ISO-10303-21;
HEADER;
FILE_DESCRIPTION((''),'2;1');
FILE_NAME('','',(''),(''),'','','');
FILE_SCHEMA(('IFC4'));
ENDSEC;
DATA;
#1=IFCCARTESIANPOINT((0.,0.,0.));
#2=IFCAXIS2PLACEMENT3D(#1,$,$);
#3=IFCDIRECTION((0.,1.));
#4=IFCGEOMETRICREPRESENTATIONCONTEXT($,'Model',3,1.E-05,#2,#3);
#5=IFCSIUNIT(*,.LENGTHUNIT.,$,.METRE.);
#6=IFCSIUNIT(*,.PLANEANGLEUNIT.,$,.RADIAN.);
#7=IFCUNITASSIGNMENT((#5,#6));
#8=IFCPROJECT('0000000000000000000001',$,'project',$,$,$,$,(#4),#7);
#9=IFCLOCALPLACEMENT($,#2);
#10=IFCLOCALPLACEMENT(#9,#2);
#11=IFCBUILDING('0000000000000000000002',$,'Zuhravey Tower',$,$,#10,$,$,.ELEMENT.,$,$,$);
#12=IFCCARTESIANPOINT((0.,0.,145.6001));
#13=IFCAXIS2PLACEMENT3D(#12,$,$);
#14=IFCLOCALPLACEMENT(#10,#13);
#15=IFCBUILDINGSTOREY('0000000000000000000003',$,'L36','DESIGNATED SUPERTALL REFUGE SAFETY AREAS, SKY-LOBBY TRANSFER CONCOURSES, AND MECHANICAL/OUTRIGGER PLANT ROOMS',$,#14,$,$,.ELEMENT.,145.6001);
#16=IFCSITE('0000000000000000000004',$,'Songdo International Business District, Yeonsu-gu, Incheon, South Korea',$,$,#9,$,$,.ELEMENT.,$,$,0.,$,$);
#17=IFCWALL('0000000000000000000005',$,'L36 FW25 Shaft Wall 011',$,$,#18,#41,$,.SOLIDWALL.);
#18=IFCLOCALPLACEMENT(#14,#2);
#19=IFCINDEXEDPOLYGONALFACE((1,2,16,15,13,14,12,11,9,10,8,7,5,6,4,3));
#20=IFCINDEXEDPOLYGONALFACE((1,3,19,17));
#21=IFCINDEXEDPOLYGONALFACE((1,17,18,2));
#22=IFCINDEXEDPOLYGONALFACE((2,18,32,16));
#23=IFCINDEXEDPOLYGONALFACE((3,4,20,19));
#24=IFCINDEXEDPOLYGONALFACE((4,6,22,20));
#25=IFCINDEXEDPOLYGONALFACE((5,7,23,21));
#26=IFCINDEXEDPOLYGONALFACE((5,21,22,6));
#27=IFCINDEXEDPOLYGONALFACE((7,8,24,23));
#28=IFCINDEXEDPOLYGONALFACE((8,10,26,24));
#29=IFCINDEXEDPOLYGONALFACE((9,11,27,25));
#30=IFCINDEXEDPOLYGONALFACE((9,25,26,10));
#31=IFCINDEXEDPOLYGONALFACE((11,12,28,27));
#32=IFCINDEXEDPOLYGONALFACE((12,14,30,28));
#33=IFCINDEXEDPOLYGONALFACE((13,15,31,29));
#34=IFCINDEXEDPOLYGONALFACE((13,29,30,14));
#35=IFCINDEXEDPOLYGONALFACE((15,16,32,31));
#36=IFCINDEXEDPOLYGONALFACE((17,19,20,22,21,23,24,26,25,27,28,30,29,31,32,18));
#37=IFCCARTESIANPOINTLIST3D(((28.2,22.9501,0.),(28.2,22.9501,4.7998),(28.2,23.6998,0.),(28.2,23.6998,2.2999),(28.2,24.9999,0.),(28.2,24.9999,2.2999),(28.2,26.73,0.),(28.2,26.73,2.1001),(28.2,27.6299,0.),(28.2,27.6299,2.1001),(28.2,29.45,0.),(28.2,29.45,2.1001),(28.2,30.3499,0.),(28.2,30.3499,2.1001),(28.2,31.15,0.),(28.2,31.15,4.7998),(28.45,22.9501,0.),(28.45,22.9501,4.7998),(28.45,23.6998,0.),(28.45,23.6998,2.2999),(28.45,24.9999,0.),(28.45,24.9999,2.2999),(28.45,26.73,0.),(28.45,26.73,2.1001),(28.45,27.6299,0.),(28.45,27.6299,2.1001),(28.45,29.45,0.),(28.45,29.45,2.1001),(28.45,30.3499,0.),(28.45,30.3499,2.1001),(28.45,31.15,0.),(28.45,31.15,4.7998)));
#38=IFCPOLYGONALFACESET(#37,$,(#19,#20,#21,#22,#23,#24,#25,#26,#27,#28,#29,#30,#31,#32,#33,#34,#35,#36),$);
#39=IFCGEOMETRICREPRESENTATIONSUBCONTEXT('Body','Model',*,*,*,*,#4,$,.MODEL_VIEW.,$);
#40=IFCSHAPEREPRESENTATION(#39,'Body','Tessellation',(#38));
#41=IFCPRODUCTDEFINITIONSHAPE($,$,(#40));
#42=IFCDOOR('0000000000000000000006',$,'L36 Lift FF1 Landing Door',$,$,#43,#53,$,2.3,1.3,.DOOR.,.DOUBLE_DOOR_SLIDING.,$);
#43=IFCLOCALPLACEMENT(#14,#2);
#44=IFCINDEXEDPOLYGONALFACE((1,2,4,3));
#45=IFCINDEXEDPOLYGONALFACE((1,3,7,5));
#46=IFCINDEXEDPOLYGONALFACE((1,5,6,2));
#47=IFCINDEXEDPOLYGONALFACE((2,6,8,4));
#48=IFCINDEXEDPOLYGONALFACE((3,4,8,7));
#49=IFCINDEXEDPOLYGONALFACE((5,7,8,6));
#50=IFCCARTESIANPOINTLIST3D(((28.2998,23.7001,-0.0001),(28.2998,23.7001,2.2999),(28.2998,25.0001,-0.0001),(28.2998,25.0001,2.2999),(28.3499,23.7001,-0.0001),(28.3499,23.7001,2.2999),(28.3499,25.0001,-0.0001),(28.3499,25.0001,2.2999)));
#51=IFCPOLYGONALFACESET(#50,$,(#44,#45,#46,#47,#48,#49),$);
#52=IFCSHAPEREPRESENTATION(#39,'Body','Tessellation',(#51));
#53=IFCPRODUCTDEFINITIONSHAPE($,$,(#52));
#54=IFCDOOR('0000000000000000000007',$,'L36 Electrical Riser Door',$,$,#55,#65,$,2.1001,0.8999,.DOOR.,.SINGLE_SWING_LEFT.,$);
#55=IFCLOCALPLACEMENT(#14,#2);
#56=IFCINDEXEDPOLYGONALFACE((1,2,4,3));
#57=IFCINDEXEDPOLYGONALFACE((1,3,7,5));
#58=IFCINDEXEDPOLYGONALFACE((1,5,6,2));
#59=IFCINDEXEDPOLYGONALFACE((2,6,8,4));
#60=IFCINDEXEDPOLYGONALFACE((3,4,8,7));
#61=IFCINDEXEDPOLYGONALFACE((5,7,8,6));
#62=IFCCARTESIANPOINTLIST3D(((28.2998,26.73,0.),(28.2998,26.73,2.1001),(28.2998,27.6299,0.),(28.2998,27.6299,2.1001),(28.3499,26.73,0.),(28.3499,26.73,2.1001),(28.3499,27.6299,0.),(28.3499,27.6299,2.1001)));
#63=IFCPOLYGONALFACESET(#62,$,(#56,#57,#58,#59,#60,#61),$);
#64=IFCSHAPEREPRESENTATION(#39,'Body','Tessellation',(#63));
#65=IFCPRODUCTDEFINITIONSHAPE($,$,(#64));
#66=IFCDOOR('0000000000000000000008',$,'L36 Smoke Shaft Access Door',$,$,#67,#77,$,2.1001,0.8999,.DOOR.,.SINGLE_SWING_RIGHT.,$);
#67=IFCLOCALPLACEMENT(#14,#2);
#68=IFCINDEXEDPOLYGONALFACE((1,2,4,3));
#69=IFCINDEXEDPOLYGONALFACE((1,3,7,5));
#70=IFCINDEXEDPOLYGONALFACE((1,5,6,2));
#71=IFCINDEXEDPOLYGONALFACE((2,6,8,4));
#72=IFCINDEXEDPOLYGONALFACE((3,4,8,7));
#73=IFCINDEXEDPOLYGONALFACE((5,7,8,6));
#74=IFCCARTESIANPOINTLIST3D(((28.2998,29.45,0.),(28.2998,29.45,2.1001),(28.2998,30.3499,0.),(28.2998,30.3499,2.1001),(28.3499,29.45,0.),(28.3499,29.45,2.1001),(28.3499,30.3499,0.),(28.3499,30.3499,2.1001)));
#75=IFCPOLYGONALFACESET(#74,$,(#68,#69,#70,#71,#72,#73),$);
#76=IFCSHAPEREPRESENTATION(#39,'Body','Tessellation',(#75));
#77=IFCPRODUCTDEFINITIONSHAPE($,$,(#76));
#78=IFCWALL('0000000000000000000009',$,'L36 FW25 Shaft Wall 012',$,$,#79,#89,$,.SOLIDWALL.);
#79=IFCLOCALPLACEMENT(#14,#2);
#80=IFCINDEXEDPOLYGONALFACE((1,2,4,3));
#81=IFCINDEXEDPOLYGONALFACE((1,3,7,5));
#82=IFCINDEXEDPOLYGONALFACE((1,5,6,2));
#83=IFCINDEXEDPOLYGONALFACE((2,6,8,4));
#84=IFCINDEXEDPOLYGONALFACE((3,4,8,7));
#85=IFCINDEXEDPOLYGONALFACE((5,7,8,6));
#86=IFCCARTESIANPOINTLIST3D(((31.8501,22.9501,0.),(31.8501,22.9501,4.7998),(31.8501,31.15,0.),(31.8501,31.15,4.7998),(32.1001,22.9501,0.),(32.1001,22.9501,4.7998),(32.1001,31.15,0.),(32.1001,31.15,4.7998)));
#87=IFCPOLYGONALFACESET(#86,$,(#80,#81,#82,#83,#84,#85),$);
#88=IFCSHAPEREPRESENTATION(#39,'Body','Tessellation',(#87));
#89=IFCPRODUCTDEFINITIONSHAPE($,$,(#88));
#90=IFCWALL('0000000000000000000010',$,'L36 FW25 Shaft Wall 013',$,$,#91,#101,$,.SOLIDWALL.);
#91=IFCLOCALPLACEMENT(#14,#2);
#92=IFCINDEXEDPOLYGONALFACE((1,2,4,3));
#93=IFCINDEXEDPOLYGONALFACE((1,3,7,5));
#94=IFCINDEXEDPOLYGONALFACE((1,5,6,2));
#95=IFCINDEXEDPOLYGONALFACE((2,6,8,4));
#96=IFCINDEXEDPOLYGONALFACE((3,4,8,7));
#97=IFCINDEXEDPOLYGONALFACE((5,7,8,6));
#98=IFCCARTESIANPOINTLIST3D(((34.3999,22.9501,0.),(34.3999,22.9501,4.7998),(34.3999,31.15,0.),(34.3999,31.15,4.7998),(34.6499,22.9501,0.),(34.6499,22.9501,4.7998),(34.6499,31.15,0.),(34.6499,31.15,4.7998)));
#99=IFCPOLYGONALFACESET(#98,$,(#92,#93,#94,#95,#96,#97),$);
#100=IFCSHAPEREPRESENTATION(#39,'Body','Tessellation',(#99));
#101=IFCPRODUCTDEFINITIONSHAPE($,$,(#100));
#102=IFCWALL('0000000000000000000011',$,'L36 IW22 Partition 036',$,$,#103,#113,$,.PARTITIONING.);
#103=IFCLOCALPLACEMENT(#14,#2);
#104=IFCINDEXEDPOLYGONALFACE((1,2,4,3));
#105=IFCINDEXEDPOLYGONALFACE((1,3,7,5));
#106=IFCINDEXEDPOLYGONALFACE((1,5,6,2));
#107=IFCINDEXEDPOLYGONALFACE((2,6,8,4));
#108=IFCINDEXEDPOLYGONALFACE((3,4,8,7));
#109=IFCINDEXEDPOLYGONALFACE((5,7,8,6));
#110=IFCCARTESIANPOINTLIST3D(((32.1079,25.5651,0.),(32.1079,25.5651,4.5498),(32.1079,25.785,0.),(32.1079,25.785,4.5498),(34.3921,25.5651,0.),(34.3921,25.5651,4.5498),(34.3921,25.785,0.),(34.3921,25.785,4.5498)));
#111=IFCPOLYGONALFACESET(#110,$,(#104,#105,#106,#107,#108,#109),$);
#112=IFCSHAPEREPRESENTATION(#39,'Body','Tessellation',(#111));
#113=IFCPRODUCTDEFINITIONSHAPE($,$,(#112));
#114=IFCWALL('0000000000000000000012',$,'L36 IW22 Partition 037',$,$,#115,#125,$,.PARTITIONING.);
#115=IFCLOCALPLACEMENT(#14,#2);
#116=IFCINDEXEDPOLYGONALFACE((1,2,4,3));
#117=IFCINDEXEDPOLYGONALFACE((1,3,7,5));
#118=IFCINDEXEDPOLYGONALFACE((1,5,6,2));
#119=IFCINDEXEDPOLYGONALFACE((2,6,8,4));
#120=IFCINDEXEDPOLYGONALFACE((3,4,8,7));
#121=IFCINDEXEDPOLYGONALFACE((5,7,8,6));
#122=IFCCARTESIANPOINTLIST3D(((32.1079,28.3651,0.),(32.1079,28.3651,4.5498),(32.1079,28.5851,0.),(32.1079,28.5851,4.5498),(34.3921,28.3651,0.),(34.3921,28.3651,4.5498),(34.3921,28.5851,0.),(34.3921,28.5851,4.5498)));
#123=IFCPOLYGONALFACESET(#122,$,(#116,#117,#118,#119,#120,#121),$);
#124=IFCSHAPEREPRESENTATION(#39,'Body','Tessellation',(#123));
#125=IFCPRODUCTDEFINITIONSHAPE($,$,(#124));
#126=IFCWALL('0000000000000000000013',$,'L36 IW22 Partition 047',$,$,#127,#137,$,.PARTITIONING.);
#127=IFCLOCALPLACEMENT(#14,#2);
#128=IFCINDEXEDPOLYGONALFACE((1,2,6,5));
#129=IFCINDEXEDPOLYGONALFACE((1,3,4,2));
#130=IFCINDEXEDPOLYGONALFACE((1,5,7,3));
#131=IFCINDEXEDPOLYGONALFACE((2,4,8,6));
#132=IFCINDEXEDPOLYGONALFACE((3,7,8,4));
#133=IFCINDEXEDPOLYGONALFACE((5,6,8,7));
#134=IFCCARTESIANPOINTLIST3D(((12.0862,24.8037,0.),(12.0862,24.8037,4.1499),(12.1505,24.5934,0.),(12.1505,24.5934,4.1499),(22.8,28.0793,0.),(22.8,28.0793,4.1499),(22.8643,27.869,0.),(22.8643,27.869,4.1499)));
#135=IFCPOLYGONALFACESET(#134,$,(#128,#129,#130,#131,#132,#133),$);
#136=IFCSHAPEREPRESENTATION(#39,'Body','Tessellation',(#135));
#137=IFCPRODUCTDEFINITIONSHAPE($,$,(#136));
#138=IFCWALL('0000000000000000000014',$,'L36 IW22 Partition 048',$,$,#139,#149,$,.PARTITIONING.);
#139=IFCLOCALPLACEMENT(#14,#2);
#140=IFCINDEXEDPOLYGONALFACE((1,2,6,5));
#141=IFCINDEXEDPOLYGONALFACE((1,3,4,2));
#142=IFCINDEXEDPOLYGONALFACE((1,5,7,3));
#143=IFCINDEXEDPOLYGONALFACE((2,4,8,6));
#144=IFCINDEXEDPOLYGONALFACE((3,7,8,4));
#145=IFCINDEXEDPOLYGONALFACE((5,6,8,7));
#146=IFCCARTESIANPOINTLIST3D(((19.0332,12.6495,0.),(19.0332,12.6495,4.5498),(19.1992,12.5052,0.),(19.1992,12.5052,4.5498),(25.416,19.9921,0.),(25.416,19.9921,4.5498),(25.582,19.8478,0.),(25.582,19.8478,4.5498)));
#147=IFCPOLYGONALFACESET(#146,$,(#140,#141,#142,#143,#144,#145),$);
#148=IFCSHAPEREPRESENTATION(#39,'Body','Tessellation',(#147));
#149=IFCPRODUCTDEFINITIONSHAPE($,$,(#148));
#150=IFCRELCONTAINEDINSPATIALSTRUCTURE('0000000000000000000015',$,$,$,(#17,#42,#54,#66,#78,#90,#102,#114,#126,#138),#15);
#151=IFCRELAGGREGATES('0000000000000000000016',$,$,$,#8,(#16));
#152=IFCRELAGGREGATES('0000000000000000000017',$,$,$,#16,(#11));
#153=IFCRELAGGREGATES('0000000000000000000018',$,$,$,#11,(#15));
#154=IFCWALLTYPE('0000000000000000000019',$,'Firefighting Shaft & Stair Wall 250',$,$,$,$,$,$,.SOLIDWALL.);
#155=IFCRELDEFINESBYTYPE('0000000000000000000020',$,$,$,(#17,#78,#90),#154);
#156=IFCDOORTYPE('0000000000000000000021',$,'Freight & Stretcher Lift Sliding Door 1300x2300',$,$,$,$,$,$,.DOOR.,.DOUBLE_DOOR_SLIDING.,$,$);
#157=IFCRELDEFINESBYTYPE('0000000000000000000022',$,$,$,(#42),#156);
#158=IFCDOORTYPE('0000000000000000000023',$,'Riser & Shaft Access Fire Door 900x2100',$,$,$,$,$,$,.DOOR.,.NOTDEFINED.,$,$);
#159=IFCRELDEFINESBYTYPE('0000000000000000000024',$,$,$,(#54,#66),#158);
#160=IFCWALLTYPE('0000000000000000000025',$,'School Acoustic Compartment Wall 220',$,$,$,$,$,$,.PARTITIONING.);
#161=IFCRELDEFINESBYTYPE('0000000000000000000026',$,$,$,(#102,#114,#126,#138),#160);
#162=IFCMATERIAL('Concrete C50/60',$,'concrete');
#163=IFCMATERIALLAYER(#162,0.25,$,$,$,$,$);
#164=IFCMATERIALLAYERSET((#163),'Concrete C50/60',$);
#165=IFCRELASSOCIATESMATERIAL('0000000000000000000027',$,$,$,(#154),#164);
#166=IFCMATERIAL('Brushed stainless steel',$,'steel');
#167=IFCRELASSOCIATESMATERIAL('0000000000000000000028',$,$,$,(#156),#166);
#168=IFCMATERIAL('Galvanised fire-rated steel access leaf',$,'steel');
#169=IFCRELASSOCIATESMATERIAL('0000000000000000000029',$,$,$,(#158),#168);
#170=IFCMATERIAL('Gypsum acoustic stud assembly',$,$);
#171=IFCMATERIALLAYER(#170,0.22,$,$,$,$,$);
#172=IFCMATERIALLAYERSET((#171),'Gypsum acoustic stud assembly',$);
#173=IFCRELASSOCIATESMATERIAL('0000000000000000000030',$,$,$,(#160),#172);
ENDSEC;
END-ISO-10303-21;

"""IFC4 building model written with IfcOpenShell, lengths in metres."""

from ifc_helpers import new_model, si_unit, direction, frame, frame_2d, origin, place, context, subcontext, project, spatial, rectangle, extrude, material, layer, layer_set, type_object, element, fill, save


model = new_model("IFC4")

# Units and contexts
model_context = context("Model", 3, precision=1e-05, world=origin(), true_north=direction((0.0, 1.0)))
body_context = subcontext(model_context, "Body", "Model", "MODEL_VIEW")
ifc_project = project(units=[si_unit("LENGTHUNIT", "METRE"), si_unit("PLANEANGLEUNIT", "RADIAN")], contexts=[model_context])

# Site, building, storey
site_placement = place(None, origin())
site = spatial("IfcSite", under=ifc_project, at=site_placement, Name="Songdo International Business District, Yeonsu-gu, Incheon, South Korea", CompositionType="ELEMENT", RefElevation=0.0)
building_placement = place(site_placement, origin())
building = spatial("IfcBuilding", under=site, at=building_placement, Name="Zuhravey Tower", CompositionType="ELEMENT")
storey_placement = place(building_placement, frame((0.0, 0.0, 145.6001)))
storey = spatial("IfcBuildingStorey", under=building, at=storey_placement, Name="L36", Description="DESIGNATED SUPERTALL REFUGE SAFETY AREAS, SKY-LOBBY TRANSFER CONCOURSES, AND MECHANICAL/OUTRIGGER PLANT ROOMS", CompositionType="ELEMENT", Elevation=145.6001)

# Shared definitions
ifc_material_1 = material(Name="Concrete C50/60", Category="concrete")
ifc_layer_1 = layer(ifc_material_1, 0.25)
ifc_layer_set_1 = layer_set([ifc_layer_1], Name="Concrete C50/60")
wall_type_1 = type_object("IfcWallType", Name="Firefighting Shaft & Stair Wall 250", PredefinedType="SOLIDWALL", material=ifc_layer_set_1)

# Wall, openings, doors
wall_1_placement = place(storey_placement, frame((28.325, 22.95, 0.0), z_axis=(0.0, 0.0, 1.0), x_axis=(0.0, 1.0, 0.0)))
wall_1 = element("IfcWall", 1, at=wall_1_placement, inside=storey, type_object=wall_type_1, Name="L36 FW25 Shaft Wall 011", PredefinedType="SOLIDWALL", context=body_context, shape_type="SweptSolid", body=[
    extrude(rectangle(XDim=8.2, YDim=0.25, at=frame_2d((4.1001, 0.0))), origin(), (0.0, 0.0, 1.0), 4.7998),
])
opening_1_placement = place(wall_1_placement, frame((0.75, 0.0, 0.0)))
opening_1 = element("IfcOpeningElement", 2, at=opening_1_placement, cuts=wall_1, PredefinedType="OPENING", context=body_context, shape_type="SweptSolid", body=[
    extrude(rectangle(XDim=1.3, YDim=2.3, at=frame_2d((0.6499, 1.1499))), frame((0.0, 0.137, 0.0), z_axis=(0.0, -1.0, 0.0), x_axis=(1.0, 0.0, 0.0)), (0.0, 0.0, 1.0), 0.2739),
])
opening_2_placement = place(wall_1_placement, frame((3.78, 0.0, 0.0)))
opening_2 = element("IfcOpeningElement", 3, at=opening_2_placement, cuts=wall_1, PredefinedType="OPENING", context=body_context, shape_type="SweptSolid", body=[
    extrude(rectangle(XDim=0.8999, YDim=2.1001, at=frame_2d((0.45, 1.05))), frame((0.0, 0.137, 0.0), z_axis=(0.0, -1.0, 0.0), x_axis=(1.0, 0.0, 0.0)), (0.0, 0.0, 1.0), 0.2739),
])
opening_3_placement = place(wall_1_placement, frame((6.5, 0.0, 0.0)))
opening_3 = element("IfcOpeningElement", 4, at=opening_3_placement, cuts=wall_1, PredefinedType="OPENING", context=body_context, shape_type="SweptSolid", body=[
    extrude(rectangle(XDim=0.8999, YDim=2.1001, at=frame_2d((0.45, 1.05))), frame((0.0, 0.137, 0.0), z_axis=(0.0, -1.0, 0.0), x_axis=(1.0, 0.0, 0.0)), (0.0, 0.0, 1.0), 0.2739),
])
ifc_material_2 = material(Name="Brushed stainless steel", Category="steel")
door_type_1 = type_object("IfcDoorType", Name="Freight & Stretcher Lift Sliding Door 1300x2300", OperationType="DOUBLE_DOOR_SLIDING", PredefinedType="DOOR", material=ifc_material_2)
door_1_placement = place(opening_1_placement, frame((1.3, 0.0, 0.0), z_axis=(0.0, 0.0, 1.0), x_axis=(-1.0, 0.0, 0.0)))
door_1 = element("IfcDoor", 5, at=door_1_placement, inside=storey, type_object=door_type_1, Name="L36 Lift FF1 Landing Door", OperationType="DOUBLE_DOOR_SLIDING", OverallHeight=2.3, OverallWidth=1.3, PredefinedType="DOOR", context=body_context, shape_type="SweptSolid", body=[
    extrude(rectangle(XDim=1.3, YDim=2.3, at=frame_2d((0.6499, 1.1499))), frame((0.0, 0.0249, 0.0), z_axis=(0.0, -1.0, 0.0), x_axis=(1.0, 0.0, 0.0)), (0.0, 0.0, 1.0), 0.05),
])
fill(opening_1, door_1)
ifc_material_3 = material(Name="Galvanised fire-rated steel access leaf", Category="steel")
door_type_2 = type_object("IfcDoorType", Name="Riser & Shaft Access Fire Door 900x2100", OperationType="NOTDEFINED", PredefinedType="DOOR", material=ifc_material_3)
door_2_placement = place(opening_2_placement, frame((0.8999, 0.0, 0.0), z_axis=(0.0, 0.0, 1.0), x_axis=(-1.0, 0.0, 0.0)))
door_2 = element("IfcDoor", 6, at=door_2_placement, inside=storey, type_object=door_type_2, Name="L36 Electrical Riser Door", OperationType="SINGLE_SWING_LEFT", OverallHeight=2.1001, OverallWidth=0.8999, PredefinedType="DOOR", context=body_context, shape_type="SweptSolid", body=[
    extrude(rectangle(XDim=0.8999, YDim=2.1001, at=frame_2d((0.45, 1.05))), frame((0.0, 0.0249, 0.0), z_axis=(0.0, -1.0, 0.0), x_axis=(1.0, 0.0, 0.0)), (0.0, 0.0, 1.0), 0.05),
])
fill(opening_2, door_2)
door_3_placement = place(opening_3_placement, frame((0.8999, 0.0, 0.0), z_axis=(0.0, 0.0, 1.0), x_axis=(-1.0, 0.0, 0.0)))
door_3 = element("IfcDoor", 7, at=door_3_placement, inside=storey, type_object=door_type_2, Name="L36 Smoke Shaft Access Door", OperationType="SINGLE_SWING_RIGHT", OverallHeight=2.1001, OverallWidth=0.8999, PredefinedType="DOOR", context=body_context, shape_type="SweptSolid", body=[
    extrude(rectangle(XDim=0.8999, YDim=2.1001, at=frame_2d((0.45, 1.05))), frame((0.0, 0.0249, 0.0), z_axis=(0.0, -1.0, 0.0), x_axis=(1.0, 0.0, 0.0)), (0.0, 0.0, 1.0), 0.05),
])
fill(opening_3, door_3)

# Walls
for number, where, z_axis, x_axis, name in (
    (8, (31.9751, 22.95, 0.0), (0.0, 0.0, 1.0), (0.0, 1.0, 0.0), "L36 FW25 Shaft Wall 012"),
    (9, (34.5249, 22.95, 0.0), (0.0, 0.0, 1.0), (0.0, 1.0, 0.0), "L36 FW25 Shaft Wall 013"),
):
    element("IfcWall", number, at=place(storey_placement, frame(where, z_axis=z_axis, x_axis=x_axis)), inside=storey, type_object=wall_type_1, Name=name, PredefinedType="SOLIDWALL", context=body_context, shape_type="SweptSolid", body=[
        extrude(rectangle(XDim=8.2, YDim=0.25, at=frame_2d((4.1001, 0.0))), origin(), (0.0, 0.0, 1.0), 4.7998),
    ])
ifc_material_4 = material(Name="Gypsum acoustic stud assembly")
ifc_layer_2 = layer(ifc_material_4, 0.22)
ifc_layer_set_2 = layer_set([ifc_layer_2], Name="Gypsum acoustic stud assembly")
wall_type_2 = type_object("IfcWallType", Name="School Acoustic Compartment Wall 220", PredefinedType="PARTITIONING", material=ifc_layer_set_2)
for number, where, z_axis, x_axis, name in (
    (10, (32.1079, 25.675, 0.0), (0.0, 0.0, 1.0), (1.0, 0.0, 0.0), "L36 IW22 Partition 036"),
    (11, (32.1079, 28.4751, 0.0), (0.0, 0.0, 1.0), (1.0, 0.0, 0.0), "L36 IW22 Partition 037"),
):
    element("IfcWall", number, at=place(storey_placement, frame(where, z_axis=z_axis, x_axis=x_axis)), inside=storey, type_object=wall_type_2, Name=name, PredefinedType="PARTITIONING", context=body_context, shape_type="SweptSolid", body=[
        extrude(rectangle(XDim=2.2842, YDim=0.22, at=frame_2d((1.1421, 0.0))), origin(), (0.0, 0.0, 1.0), 4.5498),
    ])
wall_2_placement = place(storey_placement, frame((22.832, 27.9741, 0.0), z_axis=(0.0, 0.0, 1.0), x_axis=(-0.956303, -0.292378, 0.0)))
element("IfcWall", 12, at=wall_2_placement, inside=storey, type_object=wall_type_2, Name="L36 IW22 Partition 047", PredefinedType="PARTITIONING", context=body_context, shape_type="SweptSolid", body=[
    extrude(rectangle(XDim=11.2034, YDim=0.22, at=frame_2d((5.6016, 0.0))), origin(), (0.0, 0.0, 1.0), 4.1499),
])
wall_3_placement = place(storey_placement, frame((25.499, 19.9199, 0.0), z_axis=(0.0, 0.0, 1.0), x_axis=(-0.656062, -0.754707, 0.0)))
element("IfcWall", 13, at=wall_3_placement, inside=storey, type_object=wall_type_2, Name="L36 IW22 Partition 048", PredefinedType="PARTITIONING", context=body_context, shape_type="SweptSolid", body=[
    extrude(rectangle(XDim=9.729, YDim=0.22, at=frame_2d((4.8645, 0.0))), origin(), (0.0, 0.0, 1.0), 4.5498),
])

save(model, "model.ifc")
